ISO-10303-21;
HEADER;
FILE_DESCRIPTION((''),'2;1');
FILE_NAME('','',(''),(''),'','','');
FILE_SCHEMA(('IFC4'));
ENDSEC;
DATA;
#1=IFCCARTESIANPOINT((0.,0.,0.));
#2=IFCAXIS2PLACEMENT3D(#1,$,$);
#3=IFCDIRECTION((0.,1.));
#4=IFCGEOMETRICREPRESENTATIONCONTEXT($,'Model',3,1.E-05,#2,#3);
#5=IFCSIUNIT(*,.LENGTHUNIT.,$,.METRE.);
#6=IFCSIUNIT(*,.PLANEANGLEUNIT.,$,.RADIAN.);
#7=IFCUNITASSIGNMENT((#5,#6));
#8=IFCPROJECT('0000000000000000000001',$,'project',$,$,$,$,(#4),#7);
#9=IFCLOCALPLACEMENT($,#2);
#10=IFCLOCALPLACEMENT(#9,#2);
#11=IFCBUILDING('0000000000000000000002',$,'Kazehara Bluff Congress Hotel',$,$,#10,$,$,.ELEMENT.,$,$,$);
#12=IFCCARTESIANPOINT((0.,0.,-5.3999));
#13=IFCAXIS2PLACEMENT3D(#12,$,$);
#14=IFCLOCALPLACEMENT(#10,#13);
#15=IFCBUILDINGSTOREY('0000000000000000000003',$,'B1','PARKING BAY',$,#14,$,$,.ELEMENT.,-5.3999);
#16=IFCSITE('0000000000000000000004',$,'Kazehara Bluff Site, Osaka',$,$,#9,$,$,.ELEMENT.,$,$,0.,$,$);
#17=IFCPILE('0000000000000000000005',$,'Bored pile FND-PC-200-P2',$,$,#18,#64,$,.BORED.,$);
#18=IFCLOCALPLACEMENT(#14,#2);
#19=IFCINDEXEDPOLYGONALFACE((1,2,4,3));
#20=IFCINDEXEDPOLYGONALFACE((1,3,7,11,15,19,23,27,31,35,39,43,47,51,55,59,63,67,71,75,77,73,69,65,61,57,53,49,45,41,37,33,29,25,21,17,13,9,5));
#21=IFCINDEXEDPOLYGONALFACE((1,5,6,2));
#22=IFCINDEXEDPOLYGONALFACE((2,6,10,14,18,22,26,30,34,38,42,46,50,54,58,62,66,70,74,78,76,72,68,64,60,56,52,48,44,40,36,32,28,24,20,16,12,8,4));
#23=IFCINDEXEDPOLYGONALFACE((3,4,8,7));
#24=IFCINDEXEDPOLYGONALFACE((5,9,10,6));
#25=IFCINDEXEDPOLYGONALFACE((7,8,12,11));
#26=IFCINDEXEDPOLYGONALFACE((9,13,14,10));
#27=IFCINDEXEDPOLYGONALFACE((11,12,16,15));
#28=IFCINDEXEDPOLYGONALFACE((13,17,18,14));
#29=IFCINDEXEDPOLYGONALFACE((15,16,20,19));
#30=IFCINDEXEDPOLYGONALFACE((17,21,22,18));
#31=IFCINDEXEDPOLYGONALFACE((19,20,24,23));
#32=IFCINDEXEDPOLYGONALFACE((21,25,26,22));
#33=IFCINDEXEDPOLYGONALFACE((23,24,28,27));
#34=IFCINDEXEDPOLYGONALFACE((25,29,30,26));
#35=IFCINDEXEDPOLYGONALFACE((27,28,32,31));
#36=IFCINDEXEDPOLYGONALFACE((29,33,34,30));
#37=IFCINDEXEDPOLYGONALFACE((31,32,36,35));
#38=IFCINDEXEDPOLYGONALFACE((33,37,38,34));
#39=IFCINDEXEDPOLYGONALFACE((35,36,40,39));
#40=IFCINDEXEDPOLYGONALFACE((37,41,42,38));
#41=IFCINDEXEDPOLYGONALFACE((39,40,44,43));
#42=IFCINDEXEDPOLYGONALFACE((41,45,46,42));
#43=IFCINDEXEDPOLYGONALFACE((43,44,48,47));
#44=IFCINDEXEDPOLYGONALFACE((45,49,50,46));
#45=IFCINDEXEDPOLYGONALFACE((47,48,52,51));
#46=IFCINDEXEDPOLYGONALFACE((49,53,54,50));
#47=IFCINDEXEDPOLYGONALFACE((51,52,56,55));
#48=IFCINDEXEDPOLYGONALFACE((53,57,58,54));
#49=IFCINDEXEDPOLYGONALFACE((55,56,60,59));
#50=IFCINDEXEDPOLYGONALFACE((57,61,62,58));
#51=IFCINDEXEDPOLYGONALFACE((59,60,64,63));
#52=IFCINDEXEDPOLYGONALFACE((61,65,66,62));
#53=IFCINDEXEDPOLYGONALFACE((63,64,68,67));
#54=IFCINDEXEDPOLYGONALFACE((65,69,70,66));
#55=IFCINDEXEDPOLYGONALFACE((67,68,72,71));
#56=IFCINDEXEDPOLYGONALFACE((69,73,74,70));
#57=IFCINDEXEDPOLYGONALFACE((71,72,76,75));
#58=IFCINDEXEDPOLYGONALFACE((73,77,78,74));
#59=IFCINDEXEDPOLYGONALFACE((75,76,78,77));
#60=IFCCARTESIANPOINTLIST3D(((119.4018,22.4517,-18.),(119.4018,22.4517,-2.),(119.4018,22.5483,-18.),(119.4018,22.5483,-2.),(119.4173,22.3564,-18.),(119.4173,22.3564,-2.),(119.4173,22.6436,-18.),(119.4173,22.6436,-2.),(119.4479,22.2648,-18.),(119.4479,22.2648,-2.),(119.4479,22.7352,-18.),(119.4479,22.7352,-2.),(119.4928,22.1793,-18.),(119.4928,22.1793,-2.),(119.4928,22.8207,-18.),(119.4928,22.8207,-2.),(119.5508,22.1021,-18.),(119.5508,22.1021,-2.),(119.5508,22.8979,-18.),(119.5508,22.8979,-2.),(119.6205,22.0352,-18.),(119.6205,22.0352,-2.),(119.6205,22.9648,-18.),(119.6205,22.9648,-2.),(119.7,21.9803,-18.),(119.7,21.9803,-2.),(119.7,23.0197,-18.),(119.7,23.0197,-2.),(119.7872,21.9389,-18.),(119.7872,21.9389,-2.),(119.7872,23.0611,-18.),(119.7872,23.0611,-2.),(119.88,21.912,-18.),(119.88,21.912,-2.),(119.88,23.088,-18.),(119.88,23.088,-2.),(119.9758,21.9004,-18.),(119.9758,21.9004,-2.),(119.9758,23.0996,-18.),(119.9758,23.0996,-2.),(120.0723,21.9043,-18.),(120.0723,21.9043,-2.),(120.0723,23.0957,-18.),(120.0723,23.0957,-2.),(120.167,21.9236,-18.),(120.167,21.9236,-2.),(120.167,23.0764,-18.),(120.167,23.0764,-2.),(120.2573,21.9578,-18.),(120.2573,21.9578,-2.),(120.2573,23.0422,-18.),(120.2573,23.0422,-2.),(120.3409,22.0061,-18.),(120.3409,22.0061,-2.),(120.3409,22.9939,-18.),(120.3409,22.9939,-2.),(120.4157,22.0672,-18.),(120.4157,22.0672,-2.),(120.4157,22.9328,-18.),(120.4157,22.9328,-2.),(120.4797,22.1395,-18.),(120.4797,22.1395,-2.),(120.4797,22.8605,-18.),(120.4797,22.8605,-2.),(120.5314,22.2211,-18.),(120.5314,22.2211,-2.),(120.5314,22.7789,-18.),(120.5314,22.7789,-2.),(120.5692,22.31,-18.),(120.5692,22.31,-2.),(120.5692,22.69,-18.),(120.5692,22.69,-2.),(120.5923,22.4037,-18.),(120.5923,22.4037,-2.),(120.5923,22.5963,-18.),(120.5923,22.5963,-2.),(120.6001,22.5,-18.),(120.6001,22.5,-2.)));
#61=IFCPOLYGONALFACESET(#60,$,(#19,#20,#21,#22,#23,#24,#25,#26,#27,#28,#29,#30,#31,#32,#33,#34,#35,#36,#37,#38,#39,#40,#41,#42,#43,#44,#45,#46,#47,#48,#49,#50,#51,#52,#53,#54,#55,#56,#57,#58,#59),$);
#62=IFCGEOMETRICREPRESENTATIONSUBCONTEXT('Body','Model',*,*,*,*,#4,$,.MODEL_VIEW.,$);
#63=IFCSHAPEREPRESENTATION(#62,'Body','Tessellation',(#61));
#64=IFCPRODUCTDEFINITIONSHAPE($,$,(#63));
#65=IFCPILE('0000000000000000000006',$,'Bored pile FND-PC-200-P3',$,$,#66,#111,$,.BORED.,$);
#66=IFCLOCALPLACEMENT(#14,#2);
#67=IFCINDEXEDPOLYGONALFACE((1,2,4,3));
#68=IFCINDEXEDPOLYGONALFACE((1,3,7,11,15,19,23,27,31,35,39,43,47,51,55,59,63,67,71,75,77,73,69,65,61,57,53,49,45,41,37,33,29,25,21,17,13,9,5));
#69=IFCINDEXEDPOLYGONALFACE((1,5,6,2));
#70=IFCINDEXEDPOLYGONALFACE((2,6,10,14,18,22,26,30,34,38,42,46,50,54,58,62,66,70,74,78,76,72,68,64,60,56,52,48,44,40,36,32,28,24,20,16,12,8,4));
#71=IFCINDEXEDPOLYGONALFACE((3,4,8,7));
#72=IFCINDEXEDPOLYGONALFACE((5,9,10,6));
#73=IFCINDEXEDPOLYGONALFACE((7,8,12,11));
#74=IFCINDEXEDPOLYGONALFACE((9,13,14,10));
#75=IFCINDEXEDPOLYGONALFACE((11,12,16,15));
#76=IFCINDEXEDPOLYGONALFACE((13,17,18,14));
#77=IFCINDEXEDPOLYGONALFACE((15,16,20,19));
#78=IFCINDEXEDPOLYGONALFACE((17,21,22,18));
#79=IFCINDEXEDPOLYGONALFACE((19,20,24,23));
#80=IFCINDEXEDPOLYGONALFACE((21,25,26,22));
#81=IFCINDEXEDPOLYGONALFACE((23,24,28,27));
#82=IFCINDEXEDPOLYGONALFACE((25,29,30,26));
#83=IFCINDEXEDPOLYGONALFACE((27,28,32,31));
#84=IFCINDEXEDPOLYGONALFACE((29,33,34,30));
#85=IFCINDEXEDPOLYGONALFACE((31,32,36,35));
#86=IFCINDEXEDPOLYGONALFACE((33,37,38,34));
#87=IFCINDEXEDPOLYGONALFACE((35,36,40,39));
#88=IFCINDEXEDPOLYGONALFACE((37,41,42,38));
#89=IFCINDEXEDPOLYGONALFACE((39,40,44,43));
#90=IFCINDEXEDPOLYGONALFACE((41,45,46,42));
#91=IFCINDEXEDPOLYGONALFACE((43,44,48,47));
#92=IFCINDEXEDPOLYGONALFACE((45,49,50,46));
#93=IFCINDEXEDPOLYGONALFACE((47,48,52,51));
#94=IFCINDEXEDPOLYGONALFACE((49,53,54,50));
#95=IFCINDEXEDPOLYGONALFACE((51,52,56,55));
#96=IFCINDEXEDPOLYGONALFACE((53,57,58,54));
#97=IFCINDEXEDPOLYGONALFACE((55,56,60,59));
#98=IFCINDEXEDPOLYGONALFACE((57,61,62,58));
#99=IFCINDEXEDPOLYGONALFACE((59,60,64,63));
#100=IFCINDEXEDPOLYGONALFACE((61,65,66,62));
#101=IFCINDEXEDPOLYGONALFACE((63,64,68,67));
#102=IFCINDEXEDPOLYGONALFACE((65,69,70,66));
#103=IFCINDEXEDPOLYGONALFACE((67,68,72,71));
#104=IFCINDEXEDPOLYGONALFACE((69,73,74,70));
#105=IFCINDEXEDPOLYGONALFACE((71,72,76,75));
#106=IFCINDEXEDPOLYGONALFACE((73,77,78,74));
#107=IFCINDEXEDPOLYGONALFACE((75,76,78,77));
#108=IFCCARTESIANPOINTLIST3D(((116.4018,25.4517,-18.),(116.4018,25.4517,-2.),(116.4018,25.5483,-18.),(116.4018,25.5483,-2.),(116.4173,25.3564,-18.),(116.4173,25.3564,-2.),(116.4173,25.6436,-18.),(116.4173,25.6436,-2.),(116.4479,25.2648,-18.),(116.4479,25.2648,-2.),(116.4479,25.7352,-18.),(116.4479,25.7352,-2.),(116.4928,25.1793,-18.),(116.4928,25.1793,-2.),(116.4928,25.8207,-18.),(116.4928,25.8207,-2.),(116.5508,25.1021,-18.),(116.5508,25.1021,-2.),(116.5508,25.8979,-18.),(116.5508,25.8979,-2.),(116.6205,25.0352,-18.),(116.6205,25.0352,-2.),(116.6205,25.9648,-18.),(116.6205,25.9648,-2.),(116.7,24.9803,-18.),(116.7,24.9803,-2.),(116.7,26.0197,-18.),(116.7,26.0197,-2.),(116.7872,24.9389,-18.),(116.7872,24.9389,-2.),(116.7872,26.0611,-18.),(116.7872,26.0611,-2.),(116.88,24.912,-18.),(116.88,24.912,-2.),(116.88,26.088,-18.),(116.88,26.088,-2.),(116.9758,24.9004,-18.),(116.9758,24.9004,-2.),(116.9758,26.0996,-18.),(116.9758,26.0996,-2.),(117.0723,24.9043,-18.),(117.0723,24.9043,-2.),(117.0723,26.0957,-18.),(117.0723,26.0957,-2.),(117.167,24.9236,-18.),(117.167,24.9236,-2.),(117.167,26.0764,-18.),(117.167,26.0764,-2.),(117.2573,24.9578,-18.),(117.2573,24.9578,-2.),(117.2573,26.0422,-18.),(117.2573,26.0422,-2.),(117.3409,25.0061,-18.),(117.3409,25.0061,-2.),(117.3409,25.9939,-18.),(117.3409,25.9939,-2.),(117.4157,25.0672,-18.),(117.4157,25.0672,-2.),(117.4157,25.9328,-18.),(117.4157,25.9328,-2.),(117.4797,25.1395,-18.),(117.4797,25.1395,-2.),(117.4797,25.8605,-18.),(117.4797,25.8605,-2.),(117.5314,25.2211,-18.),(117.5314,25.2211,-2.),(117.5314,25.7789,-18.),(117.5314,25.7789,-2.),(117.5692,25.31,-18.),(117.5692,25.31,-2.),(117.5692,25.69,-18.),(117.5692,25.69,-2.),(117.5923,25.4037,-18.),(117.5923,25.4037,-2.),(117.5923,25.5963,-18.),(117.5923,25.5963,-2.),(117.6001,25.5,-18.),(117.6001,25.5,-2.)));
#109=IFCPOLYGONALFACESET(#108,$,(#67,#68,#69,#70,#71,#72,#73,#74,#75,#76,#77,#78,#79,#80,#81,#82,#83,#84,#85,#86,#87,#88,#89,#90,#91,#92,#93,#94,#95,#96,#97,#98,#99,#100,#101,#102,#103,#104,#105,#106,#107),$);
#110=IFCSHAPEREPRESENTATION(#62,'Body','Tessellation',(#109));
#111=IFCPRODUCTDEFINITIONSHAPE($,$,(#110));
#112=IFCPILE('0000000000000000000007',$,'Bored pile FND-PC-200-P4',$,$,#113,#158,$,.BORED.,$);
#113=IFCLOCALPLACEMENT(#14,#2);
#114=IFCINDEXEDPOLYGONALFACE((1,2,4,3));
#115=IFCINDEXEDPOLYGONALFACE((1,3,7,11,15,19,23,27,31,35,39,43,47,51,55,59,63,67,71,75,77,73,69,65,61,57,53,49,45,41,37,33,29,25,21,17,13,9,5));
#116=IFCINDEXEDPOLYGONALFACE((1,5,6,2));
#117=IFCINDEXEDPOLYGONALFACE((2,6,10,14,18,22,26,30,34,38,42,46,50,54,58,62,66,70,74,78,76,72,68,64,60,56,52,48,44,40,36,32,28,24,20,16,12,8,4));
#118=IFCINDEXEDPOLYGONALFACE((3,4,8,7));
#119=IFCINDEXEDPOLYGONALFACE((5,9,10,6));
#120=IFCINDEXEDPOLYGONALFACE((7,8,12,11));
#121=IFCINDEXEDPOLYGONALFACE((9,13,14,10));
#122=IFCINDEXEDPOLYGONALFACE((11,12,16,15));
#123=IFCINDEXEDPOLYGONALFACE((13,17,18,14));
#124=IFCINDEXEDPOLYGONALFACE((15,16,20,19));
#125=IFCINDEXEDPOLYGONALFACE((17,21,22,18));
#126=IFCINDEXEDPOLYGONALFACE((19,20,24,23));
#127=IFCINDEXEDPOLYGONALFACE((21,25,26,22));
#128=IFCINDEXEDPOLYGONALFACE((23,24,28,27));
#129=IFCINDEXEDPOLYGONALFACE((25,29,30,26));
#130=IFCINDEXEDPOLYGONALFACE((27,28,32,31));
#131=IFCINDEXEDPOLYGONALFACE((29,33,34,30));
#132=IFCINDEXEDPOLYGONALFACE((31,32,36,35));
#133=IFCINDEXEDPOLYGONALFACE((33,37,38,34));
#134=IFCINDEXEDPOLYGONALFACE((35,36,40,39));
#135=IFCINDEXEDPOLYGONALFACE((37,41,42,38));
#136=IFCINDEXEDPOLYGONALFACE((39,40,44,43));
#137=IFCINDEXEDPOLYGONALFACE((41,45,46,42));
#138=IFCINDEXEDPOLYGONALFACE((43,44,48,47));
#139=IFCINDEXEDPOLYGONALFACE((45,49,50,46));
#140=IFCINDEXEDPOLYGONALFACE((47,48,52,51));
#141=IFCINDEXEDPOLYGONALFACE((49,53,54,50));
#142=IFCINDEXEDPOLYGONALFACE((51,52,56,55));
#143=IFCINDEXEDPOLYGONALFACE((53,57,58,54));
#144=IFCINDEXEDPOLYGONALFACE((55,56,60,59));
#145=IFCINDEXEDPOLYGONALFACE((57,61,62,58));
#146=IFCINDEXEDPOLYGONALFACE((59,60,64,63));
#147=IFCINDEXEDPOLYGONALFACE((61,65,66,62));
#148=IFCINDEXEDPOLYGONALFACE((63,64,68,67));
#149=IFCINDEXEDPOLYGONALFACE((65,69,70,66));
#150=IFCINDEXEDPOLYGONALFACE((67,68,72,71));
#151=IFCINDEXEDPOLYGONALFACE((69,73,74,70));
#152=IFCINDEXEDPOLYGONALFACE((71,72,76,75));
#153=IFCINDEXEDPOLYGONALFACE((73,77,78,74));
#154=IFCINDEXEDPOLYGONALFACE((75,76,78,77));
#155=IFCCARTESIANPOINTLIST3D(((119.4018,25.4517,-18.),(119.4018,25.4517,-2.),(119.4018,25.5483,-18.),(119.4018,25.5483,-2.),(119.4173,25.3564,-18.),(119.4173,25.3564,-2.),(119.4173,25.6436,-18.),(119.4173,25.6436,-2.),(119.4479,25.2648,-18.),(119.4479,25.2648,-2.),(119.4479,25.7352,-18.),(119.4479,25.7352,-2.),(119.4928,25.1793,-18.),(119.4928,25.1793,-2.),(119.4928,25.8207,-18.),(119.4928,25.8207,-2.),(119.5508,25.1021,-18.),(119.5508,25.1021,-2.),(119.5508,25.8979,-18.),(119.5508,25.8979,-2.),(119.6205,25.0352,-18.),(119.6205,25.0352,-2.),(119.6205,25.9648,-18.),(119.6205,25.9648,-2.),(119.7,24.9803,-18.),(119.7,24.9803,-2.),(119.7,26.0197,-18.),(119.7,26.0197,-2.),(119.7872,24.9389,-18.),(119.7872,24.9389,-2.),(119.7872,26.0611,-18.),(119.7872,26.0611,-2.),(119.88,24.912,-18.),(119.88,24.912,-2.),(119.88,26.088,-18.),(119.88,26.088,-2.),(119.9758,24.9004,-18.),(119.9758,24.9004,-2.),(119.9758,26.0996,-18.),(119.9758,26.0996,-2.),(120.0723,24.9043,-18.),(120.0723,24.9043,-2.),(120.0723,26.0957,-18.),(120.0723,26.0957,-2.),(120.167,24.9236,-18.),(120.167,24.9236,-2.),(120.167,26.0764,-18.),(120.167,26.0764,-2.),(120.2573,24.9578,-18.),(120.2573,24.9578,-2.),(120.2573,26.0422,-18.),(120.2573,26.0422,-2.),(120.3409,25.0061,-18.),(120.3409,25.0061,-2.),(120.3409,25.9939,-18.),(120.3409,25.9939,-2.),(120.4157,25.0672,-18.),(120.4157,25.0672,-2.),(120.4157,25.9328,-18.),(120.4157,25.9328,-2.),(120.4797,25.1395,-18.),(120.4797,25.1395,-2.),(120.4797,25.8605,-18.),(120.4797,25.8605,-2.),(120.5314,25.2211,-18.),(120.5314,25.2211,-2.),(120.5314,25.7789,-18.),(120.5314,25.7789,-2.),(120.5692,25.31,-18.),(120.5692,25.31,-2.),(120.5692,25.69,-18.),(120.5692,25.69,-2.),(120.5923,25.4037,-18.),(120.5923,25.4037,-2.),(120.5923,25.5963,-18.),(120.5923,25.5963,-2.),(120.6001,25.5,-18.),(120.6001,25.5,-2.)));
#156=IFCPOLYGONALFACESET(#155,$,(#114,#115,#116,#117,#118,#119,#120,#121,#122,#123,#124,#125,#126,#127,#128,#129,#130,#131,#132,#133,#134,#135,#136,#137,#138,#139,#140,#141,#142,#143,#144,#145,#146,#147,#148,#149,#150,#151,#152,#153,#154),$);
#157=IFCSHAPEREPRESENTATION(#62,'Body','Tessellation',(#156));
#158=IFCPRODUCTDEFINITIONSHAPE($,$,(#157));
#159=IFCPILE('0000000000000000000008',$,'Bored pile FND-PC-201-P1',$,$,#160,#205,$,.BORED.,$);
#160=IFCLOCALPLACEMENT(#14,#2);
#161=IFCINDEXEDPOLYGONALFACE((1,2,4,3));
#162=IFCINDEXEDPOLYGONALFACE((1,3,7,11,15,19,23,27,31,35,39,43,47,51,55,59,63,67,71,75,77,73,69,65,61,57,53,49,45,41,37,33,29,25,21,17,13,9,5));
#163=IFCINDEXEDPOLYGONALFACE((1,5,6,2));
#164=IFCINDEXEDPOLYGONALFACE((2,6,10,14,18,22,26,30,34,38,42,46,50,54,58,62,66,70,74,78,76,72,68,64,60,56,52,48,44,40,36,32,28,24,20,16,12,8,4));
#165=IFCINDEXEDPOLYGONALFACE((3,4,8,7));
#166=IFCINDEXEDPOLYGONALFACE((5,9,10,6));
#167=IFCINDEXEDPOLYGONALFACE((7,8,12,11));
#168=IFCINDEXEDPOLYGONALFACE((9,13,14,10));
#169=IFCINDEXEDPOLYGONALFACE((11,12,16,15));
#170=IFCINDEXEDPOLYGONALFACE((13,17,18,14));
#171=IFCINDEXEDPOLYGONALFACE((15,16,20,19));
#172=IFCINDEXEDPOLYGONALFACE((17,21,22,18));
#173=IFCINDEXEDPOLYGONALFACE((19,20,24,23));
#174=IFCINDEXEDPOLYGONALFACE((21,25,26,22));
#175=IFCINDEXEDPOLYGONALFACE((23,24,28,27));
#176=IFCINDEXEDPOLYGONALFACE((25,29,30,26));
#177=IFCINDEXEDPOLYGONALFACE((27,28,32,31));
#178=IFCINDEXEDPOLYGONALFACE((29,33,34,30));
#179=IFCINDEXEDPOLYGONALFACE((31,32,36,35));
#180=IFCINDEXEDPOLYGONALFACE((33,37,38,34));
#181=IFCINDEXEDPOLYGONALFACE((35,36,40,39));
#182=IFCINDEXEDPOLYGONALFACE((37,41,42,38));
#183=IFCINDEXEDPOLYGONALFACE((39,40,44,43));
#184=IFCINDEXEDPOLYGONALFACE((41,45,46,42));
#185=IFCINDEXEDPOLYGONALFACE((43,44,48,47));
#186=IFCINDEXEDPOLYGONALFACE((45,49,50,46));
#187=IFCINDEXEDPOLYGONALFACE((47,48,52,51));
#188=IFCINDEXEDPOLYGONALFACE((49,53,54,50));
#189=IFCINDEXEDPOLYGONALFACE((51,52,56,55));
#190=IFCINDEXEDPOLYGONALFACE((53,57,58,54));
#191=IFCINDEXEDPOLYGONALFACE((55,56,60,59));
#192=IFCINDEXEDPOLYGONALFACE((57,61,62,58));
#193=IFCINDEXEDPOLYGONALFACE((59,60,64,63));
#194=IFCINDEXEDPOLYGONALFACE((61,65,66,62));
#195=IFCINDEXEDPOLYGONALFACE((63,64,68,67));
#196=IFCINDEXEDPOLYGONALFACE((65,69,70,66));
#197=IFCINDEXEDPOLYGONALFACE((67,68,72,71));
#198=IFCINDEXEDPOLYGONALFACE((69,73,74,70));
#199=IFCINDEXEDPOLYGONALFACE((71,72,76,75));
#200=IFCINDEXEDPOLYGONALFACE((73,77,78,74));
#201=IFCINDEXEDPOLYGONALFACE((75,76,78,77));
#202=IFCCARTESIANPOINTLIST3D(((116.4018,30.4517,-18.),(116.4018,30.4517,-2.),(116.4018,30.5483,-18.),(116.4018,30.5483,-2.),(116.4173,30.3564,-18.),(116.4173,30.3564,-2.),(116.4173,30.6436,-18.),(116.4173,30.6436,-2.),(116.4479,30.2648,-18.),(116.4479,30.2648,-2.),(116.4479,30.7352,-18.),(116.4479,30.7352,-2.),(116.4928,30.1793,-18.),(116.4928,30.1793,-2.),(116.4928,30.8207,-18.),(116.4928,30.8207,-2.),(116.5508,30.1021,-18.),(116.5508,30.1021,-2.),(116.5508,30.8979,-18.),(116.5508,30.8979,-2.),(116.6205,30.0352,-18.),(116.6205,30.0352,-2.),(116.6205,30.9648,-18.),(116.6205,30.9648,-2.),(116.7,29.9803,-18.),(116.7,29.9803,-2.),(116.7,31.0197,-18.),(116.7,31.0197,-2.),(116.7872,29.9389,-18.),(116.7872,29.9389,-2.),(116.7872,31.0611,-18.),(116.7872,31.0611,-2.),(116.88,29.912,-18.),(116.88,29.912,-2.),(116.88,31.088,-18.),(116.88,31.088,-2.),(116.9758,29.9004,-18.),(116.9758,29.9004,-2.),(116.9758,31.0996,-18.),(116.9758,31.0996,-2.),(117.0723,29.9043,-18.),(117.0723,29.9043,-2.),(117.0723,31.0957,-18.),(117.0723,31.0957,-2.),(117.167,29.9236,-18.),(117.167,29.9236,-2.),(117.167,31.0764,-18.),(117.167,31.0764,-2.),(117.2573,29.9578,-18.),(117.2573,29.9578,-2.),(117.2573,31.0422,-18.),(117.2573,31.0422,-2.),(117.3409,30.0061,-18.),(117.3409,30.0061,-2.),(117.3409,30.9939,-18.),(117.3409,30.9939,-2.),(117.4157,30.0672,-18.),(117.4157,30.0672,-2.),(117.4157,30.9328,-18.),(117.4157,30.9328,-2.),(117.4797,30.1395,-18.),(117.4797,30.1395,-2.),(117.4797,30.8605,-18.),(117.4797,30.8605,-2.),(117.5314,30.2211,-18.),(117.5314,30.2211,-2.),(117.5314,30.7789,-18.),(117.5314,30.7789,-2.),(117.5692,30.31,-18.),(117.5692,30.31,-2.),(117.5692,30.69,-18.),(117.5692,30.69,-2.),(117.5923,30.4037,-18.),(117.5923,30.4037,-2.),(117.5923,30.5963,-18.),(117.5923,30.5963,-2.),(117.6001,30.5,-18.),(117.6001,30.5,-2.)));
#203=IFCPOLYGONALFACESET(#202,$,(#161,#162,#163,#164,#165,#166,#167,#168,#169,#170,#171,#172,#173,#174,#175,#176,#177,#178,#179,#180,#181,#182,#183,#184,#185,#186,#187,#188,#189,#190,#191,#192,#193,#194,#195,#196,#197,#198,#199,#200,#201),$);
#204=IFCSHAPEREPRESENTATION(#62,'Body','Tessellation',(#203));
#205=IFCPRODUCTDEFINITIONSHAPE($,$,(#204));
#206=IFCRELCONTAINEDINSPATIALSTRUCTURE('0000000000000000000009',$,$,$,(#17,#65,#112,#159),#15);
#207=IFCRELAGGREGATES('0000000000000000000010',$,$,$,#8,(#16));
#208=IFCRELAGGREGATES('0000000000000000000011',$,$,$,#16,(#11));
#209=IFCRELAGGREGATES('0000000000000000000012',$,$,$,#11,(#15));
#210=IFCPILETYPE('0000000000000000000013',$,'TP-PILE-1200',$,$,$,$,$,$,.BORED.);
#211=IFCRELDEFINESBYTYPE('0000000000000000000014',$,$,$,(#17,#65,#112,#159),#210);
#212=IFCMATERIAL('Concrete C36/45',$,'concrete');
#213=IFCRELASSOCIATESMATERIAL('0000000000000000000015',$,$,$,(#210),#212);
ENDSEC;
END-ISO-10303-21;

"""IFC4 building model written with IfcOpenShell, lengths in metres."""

from ifc_helpers import new_model, si_unit, direction, frame, origin, origin_2d, place, context, subcontext, project, spatial, circle, extrude, material, material_profile, profile_set, type_object, element, save


model = new_model("IFC4")

# Units and contexts
model_context = context("Model", 3, precision=1e-05, world=origin(), true_north=direction((0.0, 1.0)))
body_context = subcontext(model_context, "Body", "Model", "MODEL_VIEW")
ifc_project = project(units=[si_unit("LENGTHUNIT", "METRE"), si_unit("PLANEANGLEUNIT", "RADIAN")], contexts=[model_context])

# Site, building, storey
site_placement = place(None, origin())
site = spatial("IfcSite", under=ifc_project, at=site_placement, Name="Kazehara Bluff Site, Osaka", CompositionType="ELEMENT", RefElevation=0.0)
building_placement = place(site_placement, origin())
building = spatial("IfcBuilding", under=site, at=building_placement, Name="Kazehara Bluff Congress Hotel", CompositionType="ELEMENT")
storey_placement = place(building_placement, frame((0.0, 0.0, -5.3999)))
storey = spatial("IfcBuildingStorey", under=building, at=storey_placement, Name="B1", Description="PARKING BAY", CompositionType="ELEMENT", Elevation=-5.3999)

# Piles
ifc_material_1 = material(Name="Concrete C36/45", Category="concrete")
ifc_material_profile_1 = material_profile(ifc_material_1, circle(Radius=0.6001, at=origin_2d()))
ifc_profile_set_1 = profile_set([ifc_material_profile_1], Name="Concrete C36/45")
pile_type = type_object("IfcPileType", Name="TP-PILE-1200", PredefinedType="BORED", material=ifc_profile_set_1)
for number, where, z_axis, x_axis, name in (
    (1, (120.0, 22.5, -2.0), (0.0, 0.0, -1.0), (1.0, 0.0, 0.0), "Bored pile FND-PC-200-P2"),
    (2, (117.0, 25.5, -2.0), (0.0, 0.0, -1.0), (1.0, 0.0, 0.0), "Bored pile FND-PC-200-P3"),
    (3, (120.0, 25.5, -2.0), (0.0, 0.0, -1.0), (1.0, 0.0, 0.0), "Bored pile FND-PC-200-P4"),
    (4, (117.0, 30.5, -2.0), (0.0, 0.0, -1.0), (1.0, 0.0, 0.0), "Bored pile FND-PC-201-P1"),
):
    element("IfcPile", number, at=place(storey_placement, frame(where, z_axis=z_axis, x_axis=x_axis)), inside=storey, type_object=pile_type, Name=name, PredefinedType="BORED", context=body_context, shape_type="SweptSolid", body=[
        extrude(circle(Radius=0.6001, at=origin_2d()), origin(), (0.0, 0.0, 1.0), 16.0),
    ])

save(model, "model.ifc")
